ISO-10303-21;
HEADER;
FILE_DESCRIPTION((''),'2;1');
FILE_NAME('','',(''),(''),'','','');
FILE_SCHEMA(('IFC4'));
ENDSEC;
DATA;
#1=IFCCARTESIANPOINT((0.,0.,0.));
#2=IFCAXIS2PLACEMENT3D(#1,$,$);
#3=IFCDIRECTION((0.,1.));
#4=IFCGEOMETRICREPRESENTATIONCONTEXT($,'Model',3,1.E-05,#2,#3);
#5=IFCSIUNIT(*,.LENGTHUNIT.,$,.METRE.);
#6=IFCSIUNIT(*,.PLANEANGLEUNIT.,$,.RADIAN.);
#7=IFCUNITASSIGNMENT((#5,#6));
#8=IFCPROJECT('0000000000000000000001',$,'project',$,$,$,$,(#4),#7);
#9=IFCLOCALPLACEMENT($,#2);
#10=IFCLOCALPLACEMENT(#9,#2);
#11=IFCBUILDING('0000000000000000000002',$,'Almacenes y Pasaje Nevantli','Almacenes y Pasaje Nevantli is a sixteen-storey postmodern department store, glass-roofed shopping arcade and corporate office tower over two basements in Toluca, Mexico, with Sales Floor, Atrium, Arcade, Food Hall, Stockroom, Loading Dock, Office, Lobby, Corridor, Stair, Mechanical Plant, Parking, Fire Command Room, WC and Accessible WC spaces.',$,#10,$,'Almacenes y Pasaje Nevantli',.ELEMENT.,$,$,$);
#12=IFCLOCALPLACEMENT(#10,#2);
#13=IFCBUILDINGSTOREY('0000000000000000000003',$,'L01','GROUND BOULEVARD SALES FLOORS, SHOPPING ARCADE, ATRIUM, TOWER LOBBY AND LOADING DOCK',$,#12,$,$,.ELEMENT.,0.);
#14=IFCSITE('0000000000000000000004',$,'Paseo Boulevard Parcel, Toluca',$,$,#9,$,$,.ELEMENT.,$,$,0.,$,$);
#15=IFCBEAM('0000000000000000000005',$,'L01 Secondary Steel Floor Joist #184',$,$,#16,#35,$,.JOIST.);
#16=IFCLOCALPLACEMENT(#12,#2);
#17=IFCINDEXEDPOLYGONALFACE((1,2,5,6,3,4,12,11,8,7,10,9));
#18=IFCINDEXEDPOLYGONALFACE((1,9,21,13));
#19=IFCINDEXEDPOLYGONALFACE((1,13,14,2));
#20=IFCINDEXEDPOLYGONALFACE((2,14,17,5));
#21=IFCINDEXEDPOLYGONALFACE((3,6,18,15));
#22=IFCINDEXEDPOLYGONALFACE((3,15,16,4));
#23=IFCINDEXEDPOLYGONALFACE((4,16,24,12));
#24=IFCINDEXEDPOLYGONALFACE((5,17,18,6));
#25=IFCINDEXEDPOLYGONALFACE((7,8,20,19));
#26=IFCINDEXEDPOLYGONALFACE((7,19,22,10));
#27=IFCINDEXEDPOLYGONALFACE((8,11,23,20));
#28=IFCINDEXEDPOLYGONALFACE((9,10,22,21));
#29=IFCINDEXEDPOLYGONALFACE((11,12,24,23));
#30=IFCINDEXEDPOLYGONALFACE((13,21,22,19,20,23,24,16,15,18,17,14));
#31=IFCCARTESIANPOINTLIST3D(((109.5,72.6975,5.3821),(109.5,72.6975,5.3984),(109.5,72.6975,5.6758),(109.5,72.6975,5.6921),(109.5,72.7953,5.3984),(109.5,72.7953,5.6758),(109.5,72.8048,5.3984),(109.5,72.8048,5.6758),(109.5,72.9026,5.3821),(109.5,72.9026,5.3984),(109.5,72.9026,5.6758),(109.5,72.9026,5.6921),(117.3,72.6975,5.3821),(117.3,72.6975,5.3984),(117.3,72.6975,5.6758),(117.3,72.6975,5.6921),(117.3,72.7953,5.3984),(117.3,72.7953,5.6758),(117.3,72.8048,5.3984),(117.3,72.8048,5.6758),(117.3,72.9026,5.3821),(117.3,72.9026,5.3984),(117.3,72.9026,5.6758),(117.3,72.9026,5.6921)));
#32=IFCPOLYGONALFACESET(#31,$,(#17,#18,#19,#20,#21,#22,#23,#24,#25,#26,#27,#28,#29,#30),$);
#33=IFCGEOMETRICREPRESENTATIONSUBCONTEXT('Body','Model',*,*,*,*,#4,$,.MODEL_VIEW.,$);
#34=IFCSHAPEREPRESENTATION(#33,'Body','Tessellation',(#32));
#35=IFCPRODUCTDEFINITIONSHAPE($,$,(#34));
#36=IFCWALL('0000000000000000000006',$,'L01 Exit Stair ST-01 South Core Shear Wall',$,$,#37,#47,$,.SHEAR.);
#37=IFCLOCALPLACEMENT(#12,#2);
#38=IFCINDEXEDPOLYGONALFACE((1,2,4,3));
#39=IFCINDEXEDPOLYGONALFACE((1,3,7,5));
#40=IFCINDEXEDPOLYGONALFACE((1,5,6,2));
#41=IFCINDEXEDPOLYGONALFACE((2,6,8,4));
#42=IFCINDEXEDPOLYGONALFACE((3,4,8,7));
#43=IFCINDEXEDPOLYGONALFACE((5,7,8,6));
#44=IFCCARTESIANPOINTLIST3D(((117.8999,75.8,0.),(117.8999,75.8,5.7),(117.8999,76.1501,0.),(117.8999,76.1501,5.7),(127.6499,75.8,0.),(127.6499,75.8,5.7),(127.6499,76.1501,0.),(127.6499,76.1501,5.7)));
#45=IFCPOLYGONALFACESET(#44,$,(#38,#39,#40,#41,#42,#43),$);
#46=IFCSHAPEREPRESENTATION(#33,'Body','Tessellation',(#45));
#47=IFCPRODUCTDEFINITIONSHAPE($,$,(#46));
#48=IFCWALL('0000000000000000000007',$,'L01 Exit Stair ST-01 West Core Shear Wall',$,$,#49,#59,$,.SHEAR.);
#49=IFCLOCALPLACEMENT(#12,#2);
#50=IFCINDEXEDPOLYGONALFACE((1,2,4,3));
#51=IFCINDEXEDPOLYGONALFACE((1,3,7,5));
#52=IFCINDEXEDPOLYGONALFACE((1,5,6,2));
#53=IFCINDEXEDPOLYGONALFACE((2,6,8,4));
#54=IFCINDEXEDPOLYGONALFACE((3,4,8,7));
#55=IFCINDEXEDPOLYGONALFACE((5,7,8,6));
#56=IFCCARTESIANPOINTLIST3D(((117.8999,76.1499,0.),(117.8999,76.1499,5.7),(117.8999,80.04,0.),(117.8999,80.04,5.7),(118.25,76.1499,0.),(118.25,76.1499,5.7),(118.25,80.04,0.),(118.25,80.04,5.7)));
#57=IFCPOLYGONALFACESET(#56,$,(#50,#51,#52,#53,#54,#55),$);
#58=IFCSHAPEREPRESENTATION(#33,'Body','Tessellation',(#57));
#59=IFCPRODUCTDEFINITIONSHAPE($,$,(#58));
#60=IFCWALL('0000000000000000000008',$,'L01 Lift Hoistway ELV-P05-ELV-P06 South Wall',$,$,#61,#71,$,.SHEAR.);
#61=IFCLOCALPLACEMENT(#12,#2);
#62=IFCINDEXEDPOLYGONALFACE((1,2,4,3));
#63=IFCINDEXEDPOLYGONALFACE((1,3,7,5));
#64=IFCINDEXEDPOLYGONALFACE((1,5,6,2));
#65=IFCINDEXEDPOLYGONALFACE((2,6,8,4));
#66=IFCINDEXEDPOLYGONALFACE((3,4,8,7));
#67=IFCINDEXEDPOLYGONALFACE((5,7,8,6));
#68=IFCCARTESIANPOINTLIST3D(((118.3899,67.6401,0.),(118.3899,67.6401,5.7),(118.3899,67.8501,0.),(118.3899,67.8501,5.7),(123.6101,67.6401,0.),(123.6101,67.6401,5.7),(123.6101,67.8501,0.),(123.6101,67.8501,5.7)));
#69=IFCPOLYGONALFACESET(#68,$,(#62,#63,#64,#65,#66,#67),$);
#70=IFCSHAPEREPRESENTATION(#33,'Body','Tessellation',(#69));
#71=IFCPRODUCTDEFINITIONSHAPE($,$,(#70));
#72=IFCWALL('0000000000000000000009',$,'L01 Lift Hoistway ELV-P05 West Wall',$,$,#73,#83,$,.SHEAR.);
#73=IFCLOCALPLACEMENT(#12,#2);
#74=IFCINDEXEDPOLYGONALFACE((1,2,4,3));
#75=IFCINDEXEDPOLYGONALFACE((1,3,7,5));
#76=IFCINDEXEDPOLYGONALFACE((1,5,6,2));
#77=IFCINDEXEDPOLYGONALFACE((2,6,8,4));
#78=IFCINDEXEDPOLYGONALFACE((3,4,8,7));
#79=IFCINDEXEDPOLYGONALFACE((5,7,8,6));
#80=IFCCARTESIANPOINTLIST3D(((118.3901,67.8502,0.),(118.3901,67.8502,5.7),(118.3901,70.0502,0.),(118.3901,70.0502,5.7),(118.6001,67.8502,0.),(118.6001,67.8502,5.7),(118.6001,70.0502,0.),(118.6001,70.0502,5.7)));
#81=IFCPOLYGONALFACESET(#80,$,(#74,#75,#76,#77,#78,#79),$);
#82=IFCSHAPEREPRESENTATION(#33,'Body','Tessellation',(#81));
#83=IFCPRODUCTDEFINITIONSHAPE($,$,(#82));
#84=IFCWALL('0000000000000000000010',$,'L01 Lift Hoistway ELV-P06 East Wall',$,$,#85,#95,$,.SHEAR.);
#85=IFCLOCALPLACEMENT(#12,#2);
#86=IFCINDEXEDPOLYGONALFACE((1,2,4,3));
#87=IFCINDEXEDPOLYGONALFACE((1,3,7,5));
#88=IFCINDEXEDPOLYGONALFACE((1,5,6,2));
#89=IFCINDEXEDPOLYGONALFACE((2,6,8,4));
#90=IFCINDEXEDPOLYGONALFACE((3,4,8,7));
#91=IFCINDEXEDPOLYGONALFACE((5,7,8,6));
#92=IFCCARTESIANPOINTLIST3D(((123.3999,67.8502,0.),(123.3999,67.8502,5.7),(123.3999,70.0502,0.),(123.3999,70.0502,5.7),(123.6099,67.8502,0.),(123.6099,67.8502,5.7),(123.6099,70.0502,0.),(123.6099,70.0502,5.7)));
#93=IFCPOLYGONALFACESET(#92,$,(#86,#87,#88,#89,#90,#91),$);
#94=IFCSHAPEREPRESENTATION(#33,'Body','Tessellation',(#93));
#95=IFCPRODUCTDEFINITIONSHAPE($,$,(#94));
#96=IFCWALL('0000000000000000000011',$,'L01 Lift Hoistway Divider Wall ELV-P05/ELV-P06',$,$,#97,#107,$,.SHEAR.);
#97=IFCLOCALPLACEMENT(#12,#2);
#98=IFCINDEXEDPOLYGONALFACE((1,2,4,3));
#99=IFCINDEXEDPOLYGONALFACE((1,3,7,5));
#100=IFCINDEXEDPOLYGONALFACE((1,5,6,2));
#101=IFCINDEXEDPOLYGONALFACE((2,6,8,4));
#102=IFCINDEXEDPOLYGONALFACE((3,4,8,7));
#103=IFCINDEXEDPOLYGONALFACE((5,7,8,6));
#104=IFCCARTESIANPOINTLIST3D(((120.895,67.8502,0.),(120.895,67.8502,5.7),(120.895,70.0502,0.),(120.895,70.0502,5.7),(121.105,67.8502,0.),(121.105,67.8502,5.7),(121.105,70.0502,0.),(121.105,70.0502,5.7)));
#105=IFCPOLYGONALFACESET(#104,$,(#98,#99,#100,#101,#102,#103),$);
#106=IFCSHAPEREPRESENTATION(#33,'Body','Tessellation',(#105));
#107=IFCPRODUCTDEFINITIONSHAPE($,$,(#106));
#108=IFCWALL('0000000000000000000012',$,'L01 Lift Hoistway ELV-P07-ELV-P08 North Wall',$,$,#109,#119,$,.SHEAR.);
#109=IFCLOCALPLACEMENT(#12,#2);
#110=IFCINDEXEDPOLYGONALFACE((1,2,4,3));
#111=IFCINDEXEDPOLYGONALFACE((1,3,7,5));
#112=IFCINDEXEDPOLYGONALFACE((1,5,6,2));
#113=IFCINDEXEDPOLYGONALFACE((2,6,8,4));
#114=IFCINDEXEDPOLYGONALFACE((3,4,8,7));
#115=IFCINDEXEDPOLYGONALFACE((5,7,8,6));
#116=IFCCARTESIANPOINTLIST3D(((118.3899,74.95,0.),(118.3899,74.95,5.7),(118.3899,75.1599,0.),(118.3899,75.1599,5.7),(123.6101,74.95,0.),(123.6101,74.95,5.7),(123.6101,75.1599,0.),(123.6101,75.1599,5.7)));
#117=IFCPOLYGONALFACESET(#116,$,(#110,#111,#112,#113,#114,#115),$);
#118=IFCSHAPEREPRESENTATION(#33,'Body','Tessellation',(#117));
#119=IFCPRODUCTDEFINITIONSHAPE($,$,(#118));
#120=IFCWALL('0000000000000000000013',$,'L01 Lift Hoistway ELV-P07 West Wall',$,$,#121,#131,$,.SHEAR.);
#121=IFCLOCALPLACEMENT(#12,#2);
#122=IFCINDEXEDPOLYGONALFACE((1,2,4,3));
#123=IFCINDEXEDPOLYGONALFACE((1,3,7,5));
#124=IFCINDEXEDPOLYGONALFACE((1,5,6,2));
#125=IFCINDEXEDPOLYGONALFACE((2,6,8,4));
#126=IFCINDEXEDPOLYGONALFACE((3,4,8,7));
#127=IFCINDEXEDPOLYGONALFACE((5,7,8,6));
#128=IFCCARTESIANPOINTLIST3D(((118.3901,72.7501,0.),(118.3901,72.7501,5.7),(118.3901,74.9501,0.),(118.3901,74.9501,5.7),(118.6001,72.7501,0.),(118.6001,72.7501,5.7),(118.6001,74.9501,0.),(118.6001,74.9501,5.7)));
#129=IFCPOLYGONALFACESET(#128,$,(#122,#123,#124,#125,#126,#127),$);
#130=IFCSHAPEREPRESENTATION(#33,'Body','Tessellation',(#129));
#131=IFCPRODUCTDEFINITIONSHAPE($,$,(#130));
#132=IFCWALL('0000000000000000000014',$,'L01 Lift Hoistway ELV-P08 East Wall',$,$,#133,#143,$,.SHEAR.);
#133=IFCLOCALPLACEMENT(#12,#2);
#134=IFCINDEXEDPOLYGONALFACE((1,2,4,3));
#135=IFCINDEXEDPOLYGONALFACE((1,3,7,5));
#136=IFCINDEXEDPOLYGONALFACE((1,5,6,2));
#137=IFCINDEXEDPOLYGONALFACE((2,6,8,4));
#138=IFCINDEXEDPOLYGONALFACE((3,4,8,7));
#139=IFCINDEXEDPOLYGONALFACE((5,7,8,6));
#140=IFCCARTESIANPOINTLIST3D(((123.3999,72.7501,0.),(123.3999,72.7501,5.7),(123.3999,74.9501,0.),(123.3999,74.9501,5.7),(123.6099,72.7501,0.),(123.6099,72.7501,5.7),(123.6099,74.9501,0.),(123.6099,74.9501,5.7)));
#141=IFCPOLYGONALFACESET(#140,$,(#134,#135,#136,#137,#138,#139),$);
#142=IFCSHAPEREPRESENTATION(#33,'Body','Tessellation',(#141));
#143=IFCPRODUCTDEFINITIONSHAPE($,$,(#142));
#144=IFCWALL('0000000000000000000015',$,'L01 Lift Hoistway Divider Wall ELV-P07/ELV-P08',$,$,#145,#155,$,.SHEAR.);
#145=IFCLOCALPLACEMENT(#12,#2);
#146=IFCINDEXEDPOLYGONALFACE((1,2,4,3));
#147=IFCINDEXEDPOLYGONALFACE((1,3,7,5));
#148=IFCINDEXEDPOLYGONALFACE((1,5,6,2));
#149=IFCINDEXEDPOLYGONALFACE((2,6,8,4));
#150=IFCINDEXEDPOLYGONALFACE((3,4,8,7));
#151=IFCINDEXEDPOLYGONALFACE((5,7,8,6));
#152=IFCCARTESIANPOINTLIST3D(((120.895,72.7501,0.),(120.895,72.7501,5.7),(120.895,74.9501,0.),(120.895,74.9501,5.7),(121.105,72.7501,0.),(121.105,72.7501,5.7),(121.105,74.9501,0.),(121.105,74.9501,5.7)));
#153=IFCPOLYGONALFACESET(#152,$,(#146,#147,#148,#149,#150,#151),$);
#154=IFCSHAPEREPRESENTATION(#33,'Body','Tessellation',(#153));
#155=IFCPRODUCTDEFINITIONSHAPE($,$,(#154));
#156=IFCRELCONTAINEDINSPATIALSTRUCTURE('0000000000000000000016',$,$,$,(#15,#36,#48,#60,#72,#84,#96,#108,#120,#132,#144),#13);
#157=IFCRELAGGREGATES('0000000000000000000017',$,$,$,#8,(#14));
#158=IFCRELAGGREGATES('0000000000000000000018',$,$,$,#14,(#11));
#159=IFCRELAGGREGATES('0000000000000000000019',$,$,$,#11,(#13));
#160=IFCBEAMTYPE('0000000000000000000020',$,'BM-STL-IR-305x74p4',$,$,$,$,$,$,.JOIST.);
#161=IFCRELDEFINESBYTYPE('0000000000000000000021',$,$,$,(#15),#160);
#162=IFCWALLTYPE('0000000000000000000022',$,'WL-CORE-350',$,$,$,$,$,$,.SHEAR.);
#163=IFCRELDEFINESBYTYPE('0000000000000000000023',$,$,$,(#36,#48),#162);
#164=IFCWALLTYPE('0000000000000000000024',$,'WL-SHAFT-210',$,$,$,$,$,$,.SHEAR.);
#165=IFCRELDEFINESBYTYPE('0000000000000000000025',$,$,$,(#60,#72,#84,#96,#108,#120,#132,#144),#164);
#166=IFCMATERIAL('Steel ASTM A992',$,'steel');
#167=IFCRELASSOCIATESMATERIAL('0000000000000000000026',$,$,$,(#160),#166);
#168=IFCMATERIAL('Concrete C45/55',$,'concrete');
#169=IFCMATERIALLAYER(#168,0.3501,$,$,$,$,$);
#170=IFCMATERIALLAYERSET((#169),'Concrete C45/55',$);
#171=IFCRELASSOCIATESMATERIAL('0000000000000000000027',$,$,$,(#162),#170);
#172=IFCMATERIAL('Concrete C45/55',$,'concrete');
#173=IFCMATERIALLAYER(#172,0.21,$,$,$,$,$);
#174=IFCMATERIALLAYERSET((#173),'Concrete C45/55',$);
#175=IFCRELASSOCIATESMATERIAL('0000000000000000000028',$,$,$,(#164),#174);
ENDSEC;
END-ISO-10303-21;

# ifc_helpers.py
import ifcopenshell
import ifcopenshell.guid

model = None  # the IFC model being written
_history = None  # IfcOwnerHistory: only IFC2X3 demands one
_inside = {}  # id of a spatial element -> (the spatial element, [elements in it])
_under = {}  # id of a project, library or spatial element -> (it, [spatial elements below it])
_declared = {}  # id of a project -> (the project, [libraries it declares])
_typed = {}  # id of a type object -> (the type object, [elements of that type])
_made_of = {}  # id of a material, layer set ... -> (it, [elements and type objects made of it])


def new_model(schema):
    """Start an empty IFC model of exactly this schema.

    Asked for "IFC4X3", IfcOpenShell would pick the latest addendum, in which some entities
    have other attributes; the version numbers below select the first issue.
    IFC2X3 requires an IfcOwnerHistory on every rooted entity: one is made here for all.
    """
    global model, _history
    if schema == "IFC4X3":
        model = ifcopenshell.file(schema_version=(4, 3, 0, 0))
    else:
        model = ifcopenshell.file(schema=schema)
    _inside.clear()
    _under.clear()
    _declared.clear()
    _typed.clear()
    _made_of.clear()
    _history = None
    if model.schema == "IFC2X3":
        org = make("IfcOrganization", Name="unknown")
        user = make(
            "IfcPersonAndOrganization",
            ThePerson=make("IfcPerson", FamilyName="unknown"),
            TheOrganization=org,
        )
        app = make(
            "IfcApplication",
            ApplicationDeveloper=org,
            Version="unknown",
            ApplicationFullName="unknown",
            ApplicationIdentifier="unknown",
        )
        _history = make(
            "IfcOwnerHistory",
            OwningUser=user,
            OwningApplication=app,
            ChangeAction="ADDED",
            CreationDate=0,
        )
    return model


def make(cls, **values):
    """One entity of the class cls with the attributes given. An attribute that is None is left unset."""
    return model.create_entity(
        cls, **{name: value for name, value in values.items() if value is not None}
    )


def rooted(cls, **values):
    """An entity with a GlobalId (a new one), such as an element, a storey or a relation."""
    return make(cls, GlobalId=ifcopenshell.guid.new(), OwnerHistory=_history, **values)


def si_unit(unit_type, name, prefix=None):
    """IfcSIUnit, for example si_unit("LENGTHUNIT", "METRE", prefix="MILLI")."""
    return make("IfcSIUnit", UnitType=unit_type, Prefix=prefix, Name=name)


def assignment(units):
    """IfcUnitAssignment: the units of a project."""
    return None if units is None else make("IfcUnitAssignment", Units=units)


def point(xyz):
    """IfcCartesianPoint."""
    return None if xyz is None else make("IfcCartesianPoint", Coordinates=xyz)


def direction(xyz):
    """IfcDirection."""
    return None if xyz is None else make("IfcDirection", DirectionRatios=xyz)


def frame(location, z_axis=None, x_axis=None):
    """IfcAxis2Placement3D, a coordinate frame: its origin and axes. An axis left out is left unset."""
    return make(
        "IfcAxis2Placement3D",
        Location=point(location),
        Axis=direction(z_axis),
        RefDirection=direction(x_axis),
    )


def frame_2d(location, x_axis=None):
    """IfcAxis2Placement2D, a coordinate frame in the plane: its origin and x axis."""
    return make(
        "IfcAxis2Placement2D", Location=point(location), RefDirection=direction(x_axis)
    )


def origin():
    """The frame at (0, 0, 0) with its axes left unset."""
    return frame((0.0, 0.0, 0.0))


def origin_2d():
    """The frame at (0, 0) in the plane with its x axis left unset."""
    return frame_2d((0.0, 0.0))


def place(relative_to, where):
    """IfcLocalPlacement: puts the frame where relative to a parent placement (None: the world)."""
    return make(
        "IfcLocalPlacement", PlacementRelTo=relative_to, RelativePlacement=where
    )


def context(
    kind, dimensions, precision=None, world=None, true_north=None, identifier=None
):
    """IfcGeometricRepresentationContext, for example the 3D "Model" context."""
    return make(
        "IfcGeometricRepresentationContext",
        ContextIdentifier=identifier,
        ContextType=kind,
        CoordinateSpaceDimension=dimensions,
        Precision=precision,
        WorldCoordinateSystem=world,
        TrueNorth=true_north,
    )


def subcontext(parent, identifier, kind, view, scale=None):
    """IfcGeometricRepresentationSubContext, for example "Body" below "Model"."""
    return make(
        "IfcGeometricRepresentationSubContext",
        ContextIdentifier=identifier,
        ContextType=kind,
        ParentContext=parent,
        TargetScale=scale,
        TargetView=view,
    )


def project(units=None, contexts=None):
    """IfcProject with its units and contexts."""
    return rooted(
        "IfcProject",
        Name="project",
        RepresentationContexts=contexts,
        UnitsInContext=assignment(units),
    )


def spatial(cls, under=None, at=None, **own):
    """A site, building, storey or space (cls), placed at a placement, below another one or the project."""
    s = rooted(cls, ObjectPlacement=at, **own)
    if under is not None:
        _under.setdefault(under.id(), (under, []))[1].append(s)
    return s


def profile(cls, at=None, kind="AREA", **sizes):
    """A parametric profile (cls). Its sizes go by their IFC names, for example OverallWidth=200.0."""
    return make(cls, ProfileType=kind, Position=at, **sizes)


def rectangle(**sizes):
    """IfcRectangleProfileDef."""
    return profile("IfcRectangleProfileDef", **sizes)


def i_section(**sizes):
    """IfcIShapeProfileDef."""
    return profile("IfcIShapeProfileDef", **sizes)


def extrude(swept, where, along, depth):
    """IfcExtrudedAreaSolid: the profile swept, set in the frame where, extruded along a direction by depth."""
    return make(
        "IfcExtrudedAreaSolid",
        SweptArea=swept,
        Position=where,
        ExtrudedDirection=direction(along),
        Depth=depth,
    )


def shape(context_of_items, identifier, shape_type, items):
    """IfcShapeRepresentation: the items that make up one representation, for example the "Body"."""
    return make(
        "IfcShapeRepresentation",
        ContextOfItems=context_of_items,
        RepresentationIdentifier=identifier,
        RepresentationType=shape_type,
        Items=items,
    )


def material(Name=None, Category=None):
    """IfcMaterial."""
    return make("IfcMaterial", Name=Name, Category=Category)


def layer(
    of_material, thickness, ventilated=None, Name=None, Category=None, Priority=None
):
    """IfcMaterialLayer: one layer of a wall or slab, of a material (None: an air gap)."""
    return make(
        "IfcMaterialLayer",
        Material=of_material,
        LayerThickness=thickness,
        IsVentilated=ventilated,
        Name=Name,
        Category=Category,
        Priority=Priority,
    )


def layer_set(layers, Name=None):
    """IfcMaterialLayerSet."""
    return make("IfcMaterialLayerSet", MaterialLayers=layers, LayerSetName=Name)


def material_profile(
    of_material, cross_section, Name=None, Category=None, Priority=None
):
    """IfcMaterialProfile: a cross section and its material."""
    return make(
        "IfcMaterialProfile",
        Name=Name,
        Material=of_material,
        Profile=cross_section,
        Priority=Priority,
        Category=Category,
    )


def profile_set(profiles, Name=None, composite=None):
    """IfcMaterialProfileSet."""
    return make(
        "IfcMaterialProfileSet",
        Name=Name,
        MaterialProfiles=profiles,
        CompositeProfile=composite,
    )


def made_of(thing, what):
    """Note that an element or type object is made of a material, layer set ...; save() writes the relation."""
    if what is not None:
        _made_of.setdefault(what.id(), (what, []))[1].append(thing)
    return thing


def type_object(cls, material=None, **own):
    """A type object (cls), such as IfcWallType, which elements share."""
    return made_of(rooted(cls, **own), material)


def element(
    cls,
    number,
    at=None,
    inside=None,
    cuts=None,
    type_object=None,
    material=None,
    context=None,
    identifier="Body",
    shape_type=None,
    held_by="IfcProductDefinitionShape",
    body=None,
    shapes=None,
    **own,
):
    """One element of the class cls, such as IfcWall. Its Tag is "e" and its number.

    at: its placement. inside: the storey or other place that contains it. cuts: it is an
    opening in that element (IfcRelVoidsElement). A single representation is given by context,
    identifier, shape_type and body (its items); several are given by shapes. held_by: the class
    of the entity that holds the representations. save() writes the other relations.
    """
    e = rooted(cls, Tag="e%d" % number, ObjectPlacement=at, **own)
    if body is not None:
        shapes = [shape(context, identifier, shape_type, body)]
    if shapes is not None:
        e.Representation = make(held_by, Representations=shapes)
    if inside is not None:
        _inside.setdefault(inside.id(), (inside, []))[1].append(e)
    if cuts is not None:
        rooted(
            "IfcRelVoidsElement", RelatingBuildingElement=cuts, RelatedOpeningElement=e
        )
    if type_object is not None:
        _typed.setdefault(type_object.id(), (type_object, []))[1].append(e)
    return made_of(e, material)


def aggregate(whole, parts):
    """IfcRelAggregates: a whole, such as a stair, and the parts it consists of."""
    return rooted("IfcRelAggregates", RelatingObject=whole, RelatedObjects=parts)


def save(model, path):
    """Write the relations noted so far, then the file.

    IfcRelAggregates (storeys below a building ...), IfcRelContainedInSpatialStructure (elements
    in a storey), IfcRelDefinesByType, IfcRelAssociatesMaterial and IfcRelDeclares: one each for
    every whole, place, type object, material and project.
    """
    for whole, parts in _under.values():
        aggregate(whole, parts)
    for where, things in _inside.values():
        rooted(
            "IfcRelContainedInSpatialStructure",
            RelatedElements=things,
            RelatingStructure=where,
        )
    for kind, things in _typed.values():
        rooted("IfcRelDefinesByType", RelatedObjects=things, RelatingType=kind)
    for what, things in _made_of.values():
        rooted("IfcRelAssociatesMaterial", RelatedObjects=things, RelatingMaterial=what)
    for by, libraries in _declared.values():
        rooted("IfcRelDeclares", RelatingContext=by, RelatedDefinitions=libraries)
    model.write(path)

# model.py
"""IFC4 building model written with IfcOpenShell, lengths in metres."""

from ifc_helpers import new_model, si_unit, direction, frame, frame_2d, origin, origin_2d, place, context, subcontext, project, spatial, rectangle, i_section, extrude, material, layer, layer_set, material_profile, profile_set, type_object, element, save


model = new_model("IFC4")

# Units and contexts
model_context = context("Model", 3, precision=1e-05, world=origin(), true_north=direction((0.0, 1.0)))
body_context = subcontext(model_context, "Body", "Model", "MODEL_VIEW")
ifc_project = project(units=[si_unit("LENGTHUNIT", "METRE"), si_unit("PLANEANGLEUNIT", "RADIAN")], contexts=[model_context])

# Site, building, storey
site_placement = place(None, origin())
site = spatial("IfcSite", under=ifc_project, at=site_placement, Name="Paseo Boulevard Parcel, Toluca", CompositionType="ELEMENT", RefElevation=0.0)
building_placement = place(site_placement, origin())
building = spatial("IfcBuilding", under=site, at=building_placement, Name="Almacenes y Pasaje Nevantli", Description="Almacenes y Pasaje Nevantli is a sixteen-storey postmodern department store, glass-roofed shopping arcade and corporate office tower over two basements in Toluca, Mexico, with Sales Floor, Atrium, Arcade, Food Hall, Stockroom, Loading Dock, Office, Lobby, Corridor, Stair, Mechanical Plant, Parking, Fire Command Room, WC and Accessible WC spaces.", LongName="Almacenes y Pasaje Nevantli", CompositionType="ELEMENT")
storey_placement = place(building_placement, origin())
storey = spatial("IfcBuildingStorey", under=building, at=storey_placement, Name="L01", Description="GROUND BOULEVARD SALES FLOORS, SHOPPING ARCADE, ATRIUM, TOWER LOBBY AND LOADING DOCK", CompositionType="ELEMENT", Elevation=0.0)

# Beam
ifc_material_1 = material(Name="Steel ASTM A992", Category="steel")
ifc_material_profile_1 = material_profile(ifc_material_1, i_section(OverallWidth=0.2051, OverallDepth=0.3101, WebThickness=0.0095, FlangeThickness=0.0164, at=origin_2d()), Name="IR 305x74.4")
ifc_profile_set_1 = profile_set([ifc_material_profile_1], Name="Steel ASTM A992")
beam_type_1 = type_object("IfcBeamType", Name="BM-STL-IR-305x74p4", PredefinedType="JOIST", material=ifc_profile_set_1)
for number, where, z_axis, x_axis, name in (
    (1, (109.5, 72.8, 5.5371), (1.0, 0.0, 0.0), (0.0, 1.0, 0.0), "L01 Secondary Steel Floor Joist #184"),
):
    element("IfcBeam", number, at=place(storey_placement, frame(where, z_axis=z_axis, x_axis=x_axis)), inside=storey, type_object=beam_type_1, Name=name, PredefinedType="JOIST", context=body_context, shape_type="SweptSolid", body=[
        extrude(i_section(OverallWidth=0.2051, OverallDepth=0.3101, WebThickness=0.0095, FlangeThickness=0.0164, at=origin_2d()), origin(), (0.0, 0.0, 1.0), 7.8),
    ])

# Walls
ifc_material_2 = material(Name="Concrete C45/55", Category="concrete")
ifc_layer_1 = layer(ifc_material_2, 0.3501)
ifc_layer_set_1 = layer_set([ifc_layer_1], Name="Concrete C45/55")
wall_type_1 = type_object("IfcWallType", Name="WL-CORE-350", PredefinedType="SHEAR", material=ifc_layer_set_1)
wall_1_placement = place(storey_placement, frame((117.8999, 75.9751, 0.0), z_axis=(0.0, 0.0, 1.0), x_axis=(1.0, 0.0, 0.0)))
element("IfcWall", 2, at=wall_1_placement, inside=storey, type_object=wall_type_1, Name="L01 Exit Stair ST-01 South Core Shear Wall", PredefinedType="SHEAR", context=body_context, shape_type="SweptSolid", body=[
    extrude(rectangle(XDim=9.75, YDim=0.3501, at=frame_2d((4.875, 0.0))), origin(), (0.0, 0.0, 1.0), 5.7),
])
wall_2_placement = place(storey_placement, frame((118.075, 76.1499, 0.0), z_axis=(0.0, 0.0, 1.0), x_axis=(0.0, 1.0, 0.0)))
element("IfcWall", 3, at=wall_2_placement, inside=storey, type_object=wall_type_1, Name="L01 Exit Stair ST-01 West Core Shear Wall", PredefinedType="SHEAR", context=body_context, shape_type="SweptSolid", body=[
    extrude(rectangle(XDim=3.8901, YDim=0.3501, at=frame_2d((1.9451, 0.0))), origin(), (0.0, 0.0, 1.0), 5.7),
])
ifc_material_3 = material(Name="Concrete C45/55", Category="concrete")
ifc_layer_2 = layer(ifc_material_3, 0.21)
ifc_layer_set_2 = layer_set([ifc_layer_2], Name="Concrete C45/55")
wall_type_2 = type_object("IfcWallType", Name="WL-SHAFT-210", PredefinedType="SHEAR", material=ifc_layer_set_2)
wall_3_placement = place(storey_placement, frame((118.3899, 67.7451, 0.0), z_axis=(0.0, 0.0, 1.0), x_axis=(1.0, 0.0, 0.0)))
element("IfcWall", 4, at=wall_3_placement, inside=storey, type_object=wall_type_2, Name="L01 Lift Hoistway ELV-P05-ELV-P06 South Wall", PredefinedType="SHEAR", context=body_context, shape_type="SweptSolid", body=[
    extrude(rectangle(XDim=5.2202, YDim=0.21, at=frame_2d((2.6101, 0.0))), origin(), (0.0, 0.0, 1.0), 5.7),
])

# Walls
for number, where, z_axis, x_axis, name in (
    (5, (118.4951, 67.8501, 0.0), (0.0, 0.0, 1.0), (0.0, 1.0, 0.0), "L01 Lift Hoistway ELV-P05 West Wall"),
    (6, (123.5049, 67.8501, 0.0), (0.0, 0.0, 1.0), (0.0, 1.0, 0.0), "L01 Lift Hoistway ELV-P06 East Wall"),
    (7, (121.0, 67.8501, 0.0), (0.0, 0.0, 1.0), (0.0, 1.0, 0.0), "L01 Lift Hoistway Divider Wall ELV-P05/ELV-P06"),
):
    element("IfcWall", number, at=place(storey_placement, frame(where, z_axis=z_axis, x_axis=x_axis)), inside=storey, type_object=wall_type_2, Name=name, PredefinedType="SHEAR", context=body_context, shape_type="SweptSolid", body=[
        extrude(rectangle(XDim=2.2, YDim=0.21, at=frame_2d((1.1001, 0.0))), origin(), (0.0, 0.0, 1.0), 5.7),
    ])

# Walls
wall_4_placement = place(storey_placement, frame((118.3899, 75.0549, 0.0), z_axis=(0.0, 0.0, 1.0), x_axis=(1.0, 0.0, 0.0)))
element("IfcWall", 8, at=wall_4_placement, inside=storey, type_object=wall_type_2, Name="L01 Lift Hoistway ELV-P07-ELV-P08 North Wall", PredefinedType="SHEAR", context=body_context, shape_type="SweptSolid", body=[
    extrude(rectangle(XDim=5.2202, YDim=0.21, at=frame_2d((2.6101, 0.0))), origin(), (0.0, 0.0, 1.0), 5.7),
])
for number, where, z_axis, x_axis, name in (
    (9, (118.4951, 72.75, 0.0), (0.0, 0.0, 1.0), (0.0, 1.0, 0.0), "L01 Lift Hoistway ELV-P07 West Wall"),
    (10, (123.5049, 72.75, 0.0), (0.0, 0.0, 1.0), (0.0, 1.0, 0.0), "L01 Lift Hoistway ELV-P08 East Wall"),
    (11, (121.0, 72.75, 0.0), (0.0, 0.0, 1.0), (0.0, 1.0, 0.0), "L01 Lift Hoistway Divider Wall ELV-P07/ELV-P08"),
):
    element("IfcWall", number, at=place(storey_placement, frame(where, z_axis=z_axis, x_axis=x_axis)), inside=storey, type_object=wall_type_2, Name=name, PredefinedType="SHEAR", context=body_context, shape_type="SweptSolid", body=[
        extrude(rectangle(XDim=2.2, YDim=0.21, at=frame_2d((1.1001, 0.0))), origin(), (0.0, 0.0, 1.0), 5.7),
    ])

save(model, "model.ifc")
